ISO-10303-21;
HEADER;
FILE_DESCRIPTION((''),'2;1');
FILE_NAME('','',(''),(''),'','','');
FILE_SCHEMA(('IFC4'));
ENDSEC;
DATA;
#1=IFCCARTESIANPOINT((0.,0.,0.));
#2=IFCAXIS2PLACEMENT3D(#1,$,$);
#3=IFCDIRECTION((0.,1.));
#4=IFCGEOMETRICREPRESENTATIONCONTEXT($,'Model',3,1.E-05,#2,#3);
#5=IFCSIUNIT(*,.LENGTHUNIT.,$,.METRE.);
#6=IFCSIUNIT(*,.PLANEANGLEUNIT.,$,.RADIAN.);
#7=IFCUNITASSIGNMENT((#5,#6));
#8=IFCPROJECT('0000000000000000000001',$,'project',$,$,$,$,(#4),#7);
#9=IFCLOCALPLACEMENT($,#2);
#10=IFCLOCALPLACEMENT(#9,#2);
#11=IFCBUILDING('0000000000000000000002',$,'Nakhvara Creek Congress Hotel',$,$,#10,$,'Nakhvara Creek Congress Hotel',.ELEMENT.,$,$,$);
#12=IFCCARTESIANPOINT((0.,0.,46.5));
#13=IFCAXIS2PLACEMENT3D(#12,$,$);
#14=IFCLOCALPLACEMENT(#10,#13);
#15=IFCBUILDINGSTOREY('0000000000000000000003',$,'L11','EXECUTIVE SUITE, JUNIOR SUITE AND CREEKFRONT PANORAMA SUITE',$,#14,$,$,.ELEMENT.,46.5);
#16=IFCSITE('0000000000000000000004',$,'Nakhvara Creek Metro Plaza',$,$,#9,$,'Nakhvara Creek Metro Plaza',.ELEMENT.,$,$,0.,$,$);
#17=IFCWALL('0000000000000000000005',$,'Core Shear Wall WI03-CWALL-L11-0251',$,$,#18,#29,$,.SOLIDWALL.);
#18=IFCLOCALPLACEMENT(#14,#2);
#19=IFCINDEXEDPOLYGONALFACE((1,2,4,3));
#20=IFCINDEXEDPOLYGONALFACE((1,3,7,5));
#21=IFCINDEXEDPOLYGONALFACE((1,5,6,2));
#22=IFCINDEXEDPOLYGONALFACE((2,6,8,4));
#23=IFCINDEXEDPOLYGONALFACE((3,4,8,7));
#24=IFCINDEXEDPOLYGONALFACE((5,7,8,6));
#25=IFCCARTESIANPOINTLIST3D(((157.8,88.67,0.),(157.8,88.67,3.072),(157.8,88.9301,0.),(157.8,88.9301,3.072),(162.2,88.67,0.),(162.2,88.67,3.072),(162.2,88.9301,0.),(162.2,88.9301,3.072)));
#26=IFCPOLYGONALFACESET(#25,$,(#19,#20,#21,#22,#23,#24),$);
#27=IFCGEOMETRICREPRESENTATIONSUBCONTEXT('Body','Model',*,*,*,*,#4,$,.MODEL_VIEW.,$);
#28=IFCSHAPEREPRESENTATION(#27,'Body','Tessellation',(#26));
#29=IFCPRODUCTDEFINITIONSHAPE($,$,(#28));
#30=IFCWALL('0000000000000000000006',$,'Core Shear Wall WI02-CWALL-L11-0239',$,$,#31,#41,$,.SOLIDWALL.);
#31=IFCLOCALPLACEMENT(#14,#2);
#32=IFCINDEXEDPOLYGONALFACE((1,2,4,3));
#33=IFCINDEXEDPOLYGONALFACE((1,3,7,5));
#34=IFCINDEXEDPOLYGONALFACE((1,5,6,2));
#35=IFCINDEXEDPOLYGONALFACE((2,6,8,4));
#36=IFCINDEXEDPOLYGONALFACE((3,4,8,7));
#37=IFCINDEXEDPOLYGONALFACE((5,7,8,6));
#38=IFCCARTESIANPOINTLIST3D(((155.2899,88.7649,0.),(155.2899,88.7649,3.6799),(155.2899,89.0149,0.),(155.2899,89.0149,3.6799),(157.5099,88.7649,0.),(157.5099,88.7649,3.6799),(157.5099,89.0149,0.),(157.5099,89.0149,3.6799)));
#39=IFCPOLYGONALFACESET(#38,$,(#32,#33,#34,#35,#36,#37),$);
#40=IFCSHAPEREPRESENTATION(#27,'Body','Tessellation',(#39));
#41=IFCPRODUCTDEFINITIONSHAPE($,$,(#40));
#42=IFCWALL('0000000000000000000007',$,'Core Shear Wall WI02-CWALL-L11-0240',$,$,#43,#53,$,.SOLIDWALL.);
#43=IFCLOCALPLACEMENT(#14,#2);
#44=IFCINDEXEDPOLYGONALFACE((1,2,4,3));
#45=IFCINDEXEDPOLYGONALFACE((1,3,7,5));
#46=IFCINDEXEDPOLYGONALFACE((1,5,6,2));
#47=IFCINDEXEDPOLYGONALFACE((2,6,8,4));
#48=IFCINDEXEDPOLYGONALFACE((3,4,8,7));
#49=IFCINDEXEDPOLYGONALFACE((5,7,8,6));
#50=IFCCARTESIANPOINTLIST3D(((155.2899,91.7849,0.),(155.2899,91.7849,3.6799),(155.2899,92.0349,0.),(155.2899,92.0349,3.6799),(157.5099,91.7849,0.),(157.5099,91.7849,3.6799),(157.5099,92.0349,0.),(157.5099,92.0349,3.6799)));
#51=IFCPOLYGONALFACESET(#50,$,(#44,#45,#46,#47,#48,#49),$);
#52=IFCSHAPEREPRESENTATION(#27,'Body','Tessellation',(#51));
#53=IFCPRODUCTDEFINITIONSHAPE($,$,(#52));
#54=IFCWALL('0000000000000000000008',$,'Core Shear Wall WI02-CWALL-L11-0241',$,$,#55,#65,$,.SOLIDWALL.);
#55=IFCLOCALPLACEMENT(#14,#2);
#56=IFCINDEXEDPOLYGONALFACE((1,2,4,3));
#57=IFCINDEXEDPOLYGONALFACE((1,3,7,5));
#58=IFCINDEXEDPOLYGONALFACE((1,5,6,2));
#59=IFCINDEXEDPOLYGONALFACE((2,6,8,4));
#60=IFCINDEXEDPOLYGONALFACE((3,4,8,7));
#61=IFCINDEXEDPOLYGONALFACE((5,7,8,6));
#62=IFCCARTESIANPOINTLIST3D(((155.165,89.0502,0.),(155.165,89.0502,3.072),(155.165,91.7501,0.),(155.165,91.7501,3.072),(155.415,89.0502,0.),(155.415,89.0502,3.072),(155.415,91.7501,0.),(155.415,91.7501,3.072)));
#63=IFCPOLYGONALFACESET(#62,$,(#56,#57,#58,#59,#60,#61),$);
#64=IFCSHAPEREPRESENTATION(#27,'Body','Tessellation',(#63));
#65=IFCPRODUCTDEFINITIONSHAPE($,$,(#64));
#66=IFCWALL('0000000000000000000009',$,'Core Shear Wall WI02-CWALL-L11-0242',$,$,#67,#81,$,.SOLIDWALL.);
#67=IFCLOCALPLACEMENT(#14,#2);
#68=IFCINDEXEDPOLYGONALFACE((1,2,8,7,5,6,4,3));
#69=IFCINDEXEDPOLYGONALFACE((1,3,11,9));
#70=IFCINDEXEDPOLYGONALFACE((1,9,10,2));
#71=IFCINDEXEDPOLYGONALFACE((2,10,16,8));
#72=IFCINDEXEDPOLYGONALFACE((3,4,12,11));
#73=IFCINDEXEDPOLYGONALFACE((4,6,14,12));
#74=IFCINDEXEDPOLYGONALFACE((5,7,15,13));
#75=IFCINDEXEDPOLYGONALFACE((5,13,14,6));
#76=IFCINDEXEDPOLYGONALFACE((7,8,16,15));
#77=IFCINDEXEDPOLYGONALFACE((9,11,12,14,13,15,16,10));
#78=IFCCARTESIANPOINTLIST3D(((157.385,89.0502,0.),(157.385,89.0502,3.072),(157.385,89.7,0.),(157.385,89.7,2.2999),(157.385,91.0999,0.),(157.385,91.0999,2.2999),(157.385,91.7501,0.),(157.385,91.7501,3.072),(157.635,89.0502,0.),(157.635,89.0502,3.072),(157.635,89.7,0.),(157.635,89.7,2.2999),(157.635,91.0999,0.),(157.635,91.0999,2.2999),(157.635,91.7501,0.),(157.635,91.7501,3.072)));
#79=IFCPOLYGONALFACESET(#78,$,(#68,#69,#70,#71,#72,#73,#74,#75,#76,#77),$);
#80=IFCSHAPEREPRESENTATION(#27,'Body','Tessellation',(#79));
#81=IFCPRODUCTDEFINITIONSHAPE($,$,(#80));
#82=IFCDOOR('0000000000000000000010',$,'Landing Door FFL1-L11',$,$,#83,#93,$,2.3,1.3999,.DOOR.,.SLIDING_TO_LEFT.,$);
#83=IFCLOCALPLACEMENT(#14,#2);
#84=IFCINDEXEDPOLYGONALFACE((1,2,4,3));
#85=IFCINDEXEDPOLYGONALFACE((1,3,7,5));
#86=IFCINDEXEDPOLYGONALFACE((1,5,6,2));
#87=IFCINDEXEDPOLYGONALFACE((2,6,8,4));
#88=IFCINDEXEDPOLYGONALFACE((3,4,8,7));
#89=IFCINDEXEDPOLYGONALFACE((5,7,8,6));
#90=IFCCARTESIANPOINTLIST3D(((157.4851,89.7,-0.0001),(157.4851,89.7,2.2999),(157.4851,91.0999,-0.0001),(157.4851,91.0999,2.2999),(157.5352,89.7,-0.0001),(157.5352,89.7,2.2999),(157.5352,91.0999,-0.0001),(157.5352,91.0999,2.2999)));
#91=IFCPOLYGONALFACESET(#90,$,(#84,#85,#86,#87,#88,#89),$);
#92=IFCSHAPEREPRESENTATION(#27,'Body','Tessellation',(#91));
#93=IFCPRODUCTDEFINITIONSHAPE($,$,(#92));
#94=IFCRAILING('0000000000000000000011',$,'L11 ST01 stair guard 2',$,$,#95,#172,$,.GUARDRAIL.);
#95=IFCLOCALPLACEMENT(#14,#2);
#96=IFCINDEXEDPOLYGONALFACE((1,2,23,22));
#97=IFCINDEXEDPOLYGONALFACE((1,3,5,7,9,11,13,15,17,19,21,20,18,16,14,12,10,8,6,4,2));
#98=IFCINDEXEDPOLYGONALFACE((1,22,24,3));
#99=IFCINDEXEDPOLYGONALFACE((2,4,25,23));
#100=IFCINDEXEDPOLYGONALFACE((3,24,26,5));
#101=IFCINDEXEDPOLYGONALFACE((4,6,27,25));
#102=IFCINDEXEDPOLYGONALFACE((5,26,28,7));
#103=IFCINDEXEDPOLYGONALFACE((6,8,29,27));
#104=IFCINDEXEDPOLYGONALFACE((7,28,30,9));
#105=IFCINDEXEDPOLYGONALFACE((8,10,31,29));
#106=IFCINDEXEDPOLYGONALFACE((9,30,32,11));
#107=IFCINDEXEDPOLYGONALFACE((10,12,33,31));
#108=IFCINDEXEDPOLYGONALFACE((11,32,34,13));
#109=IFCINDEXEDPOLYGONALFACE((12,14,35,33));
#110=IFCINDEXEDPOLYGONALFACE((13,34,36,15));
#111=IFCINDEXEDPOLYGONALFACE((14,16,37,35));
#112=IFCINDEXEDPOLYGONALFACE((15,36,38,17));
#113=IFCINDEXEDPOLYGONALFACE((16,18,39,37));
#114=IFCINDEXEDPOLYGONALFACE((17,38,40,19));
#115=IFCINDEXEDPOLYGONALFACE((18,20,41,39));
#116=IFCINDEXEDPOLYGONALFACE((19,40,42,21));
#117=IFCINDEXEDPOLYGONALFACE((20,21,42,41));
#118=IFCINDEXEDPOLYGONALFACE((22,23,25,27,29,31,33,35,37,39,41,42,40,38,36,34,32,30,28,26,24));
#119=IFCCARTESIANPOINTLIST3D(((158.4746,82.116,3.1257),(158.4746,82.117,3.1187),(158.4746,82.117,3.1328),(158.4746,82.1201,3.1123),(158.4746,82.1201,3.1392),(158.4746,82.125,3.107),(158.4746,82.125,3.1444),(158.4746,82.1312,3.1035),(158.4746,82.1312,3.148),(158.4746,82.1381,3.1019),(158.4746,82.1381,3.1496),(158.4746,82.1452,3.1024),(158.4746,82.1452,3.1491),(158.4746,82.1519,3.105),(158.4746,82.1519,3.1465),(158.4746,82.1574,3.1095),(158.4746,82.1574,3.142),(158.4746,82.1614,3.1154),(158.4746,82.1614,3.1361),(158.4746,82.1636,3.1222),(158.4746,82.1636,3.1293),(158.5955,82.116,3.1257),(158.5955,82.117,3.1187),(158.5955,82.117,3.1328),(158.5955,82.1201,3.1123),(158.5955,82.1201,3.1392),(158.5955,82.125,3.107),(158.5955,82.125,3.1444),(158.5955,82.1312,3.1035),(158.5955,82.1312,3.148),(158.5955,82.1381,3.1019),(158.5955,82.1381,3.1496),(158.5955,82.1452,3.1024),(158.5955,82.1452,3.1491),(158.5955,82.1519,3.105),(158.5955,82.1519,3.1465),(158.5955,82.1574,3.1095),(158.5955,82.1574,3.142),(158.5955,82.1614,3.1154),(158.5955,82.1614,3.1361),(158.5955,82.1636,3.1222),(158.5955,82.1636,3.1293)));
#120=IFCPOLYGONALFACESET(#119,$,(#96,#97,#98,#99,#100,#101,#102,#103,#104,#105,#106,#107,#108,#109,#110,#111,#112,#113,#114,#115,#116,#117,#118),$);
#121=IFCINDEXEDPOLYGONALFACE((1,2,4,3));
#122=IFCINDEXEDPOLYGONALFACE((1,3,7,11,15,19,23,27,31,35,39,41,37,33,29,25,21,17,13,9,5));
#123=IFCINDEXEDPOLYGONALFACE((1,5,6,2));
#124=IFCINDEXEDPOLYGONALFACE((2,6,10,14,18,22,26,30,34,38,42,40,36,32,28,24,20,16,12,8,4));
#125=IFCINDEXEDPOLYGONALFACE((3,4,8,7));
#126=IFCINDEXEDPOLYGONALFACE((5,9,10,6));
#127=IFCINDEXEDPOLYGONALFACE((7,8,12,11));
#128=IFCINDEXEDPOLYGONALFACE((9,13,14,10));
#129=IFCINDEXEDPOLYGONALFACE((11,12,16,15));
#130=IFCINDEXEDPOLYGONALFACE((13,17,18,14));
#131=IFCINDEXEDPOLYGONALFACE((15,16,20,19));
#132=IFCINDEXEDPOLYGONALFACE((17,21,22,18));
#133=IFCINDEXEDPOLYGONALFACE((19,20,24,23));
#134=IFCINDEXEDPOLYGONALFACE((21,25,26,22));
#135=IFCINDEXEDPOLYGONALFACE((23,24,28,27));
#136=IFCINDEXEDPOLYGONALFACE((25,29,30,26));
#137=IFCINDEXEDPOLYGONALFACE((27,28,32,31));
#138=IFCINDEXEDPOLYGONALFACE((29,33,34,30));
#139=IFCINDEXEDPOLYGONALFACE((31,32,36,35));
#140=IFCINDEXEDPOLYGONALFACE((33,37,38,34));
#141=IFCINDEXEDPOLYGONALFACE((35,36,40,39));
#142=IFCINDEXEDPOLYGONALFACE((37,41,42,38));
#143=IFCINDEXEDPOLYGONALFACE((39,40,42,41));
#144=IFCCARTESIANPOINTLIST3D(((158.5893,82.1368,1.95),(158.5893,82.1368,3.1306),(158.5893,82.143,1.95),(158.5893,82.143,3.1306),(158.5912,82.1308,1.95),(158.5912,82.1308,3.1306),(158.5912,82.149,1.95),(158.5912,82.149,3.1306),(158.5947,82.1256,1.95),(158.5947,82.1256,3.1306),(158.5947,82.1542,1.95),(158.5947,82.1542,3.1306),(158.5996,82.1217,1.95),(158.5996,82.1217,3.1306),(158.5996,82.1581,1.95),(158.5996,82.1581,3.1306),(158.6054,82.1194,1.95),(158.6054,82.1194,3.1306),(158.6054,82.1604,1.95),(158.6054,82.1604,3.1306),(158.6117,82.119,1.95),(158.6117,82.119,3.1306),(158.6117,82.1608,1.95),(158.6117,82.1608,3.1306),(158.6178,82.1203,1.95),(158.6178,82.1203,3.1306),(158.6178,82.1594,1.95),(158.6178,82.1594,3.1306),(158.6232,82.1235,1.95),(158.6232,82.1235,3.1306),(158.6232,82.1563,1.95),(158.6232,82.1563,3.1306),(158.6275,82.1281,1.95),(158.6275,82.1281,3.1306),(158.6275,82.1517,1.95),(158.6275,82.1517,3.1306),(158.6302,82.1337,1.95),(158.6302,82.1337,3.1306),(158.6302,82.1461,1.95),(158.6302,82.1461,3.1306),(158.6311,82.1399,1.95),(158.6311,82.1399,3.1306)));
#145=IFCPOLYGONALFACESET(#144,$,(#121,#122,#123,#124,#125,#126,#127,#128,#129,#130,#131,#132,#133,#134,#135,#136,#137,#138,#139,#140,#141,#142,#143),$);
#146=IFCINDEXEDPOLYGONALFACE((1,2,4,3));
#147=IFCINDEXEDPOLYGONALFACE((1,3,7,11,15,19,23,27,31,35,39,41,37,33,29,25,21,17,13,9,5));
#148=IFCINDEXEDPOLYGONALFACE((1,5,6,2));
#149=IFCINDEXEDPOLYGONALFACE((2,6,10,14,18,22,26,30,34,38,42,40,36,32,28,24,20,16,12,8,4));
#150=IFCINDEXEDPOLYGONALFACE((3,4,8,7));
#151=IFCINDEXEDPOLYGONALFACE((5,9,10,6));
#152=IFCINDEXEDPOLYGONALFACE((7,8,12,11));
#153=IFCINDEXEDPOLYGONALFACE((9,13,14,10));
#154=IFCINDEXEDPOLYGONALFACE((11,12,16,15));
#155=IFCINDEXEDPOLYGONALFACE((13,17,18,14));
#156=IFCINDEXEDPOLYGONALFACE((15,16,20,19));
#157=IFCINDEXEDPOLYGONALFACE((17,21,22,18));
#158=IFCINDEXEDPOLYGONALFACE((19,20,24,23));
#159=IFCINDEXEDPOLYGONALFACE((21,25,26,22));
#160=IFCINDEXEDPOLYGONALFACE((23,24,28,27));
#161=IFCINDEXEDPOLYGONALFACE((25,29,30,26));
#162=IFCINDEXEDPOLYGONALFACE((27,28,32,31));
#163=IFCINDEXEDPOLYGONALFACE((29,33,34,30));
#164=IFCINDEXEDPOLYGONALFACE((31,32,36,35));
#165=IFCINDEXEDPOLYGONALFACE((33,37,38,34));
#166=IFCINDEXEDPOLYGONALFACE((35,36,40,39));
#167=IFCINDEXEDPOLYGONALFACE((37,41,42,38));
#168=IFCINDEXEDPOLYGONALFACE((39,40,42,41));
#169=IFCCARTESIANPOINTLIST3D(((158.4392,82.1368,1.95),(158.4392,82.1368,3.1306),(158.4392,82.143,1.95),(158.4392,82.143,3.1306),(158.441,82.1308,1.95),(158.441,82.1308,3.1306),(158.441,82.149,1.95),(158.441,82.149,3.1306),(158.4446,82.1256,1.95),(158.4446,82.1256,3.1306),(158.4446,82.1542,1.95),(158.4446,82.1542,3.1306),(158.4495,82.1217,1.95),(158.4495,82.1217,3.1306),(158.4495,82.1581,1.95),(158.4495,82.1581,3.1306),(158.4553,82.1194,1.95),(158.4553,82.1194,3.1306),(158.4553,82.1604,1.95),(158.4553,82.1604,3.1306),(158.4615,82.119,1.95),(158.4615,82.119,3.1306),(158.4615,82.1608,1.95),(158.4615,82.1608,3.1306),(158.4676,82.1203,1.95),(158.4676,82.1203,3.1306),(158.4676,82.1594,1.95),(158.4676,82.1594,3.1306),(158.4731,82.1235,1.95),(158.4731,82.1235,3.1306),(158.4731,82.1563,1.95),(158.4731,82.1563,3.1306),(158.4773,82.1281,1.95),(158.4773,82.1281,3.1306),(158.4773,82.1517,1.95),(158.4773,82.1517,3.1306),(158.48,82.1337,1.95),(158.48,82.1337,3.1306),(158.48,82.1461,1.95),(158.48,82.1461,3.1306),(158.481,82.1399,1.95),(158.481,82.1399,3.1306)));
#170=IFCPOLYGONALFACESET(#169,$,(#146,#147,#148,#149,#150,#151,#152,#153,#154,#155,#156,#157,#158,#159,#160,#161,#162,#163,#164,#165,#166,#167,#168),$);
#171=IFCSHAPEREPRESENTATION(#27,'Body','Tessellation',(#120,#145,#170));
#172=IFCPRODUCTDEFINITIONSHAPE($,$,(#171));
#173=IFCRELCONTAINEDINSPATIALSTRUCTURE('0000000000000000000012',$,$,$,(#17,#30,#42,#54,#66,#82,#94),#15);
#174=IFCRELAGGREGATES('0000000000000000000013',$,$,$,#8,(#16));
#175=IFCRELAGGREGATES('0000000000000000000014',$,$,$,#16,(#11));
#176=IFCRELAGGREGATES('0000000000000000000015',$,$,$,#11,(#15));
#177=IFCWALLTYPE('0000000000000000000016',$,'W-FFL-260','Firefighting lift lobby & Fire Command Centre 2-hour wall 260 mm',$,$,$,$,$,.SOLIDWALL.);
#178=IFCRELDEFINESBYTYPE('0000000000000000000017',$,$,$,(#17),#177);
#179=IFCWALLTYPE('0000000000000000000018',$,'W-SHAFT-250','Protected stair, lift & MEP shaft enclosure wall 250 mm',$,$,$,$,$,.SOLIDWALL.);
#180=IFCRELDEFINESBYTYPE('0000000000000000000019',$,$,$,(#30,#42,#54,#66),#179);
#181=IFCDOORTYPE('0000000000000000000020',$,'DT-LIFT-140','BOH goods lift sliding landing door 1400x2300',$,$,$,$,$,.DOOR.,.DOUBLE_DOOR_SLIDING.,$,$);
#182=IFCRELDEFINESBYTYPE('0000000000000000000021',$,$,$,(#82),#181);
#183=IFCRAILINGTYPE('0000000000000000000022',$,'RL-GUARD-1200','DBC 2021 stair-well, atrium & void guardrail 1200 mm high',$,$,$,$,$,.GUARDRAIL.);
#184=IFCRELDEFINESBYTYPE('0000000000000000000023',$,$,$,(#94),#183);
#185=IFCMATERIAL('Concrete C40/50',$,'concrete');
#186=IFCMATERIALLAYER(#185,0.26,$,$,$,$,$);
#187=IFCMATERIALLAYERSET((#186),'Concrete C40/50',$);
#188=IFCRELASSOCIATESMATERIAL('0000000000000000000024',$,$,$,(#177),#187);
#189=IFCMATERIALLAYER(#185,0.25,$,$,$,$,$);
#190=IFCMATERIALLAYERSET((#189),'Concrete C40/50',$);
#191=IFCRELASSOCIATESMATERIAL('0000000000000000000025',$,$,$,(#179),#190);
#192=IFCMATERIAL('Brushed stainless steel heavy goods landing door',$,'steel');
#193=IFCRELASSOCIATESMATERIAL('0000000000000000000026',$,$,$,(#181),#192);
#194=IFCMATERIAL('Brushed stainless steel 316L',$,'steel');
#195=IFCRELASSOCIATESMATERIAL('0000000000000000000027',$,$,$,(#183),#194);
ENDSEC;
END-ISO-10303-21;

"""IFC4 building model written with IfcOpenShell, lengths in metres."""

from ifc_helpers import new_model, si_unit, direction, frame, frame_2d, origin, origin_2d, place, context, subcontext, project, spatial, rectangle, circle, extrude, material, layer, layer_set, type_object, element, fill, save


model = new_model("IFC4")

# Units and contexts
model_context = context("Model", 3, precision=1e-05, world=origin(), true_north=direction((0.0, 1.0)))
body_context = subcontext(model_context, "Body", "Model", "MODEL_VIEW")
ifc_project = project(units=[si_unit("LENGTHUNIT", "METRE"), si_unit("PLANEANGLEUNIT", "RADIAN")], contexts=[model_context])

# Site, building, storey
site_placement = place(None, origin())
site = spatial("IfcSite", under=ifc_project, at=site_placement, Name="Nakhvara Creek Metro Plaza", LongName="Nakhvara Creek Metro Plaza", CompositionType="ELEMENT", RefElevation=0.0)
building_placement = place(site_placement, origin())
building = spatial("IfcBuilding", under=site, at=building_placement, Name="Nakhvara Creek Congress Hotel", LongName="Nakhvara Creek Congress Hotel", CompositionType="ELEMENT")
storey_placement = place(building_placement, frame((0.0, 0.0, 46.5)))
storey = spatial("IfcBuildingStorey", under=building, at=storey_placement, Name="L11", Description="EXECUTIVE SUITE, JUNIOR SUITE AND CREEKFRONT PANORAMA SUITE", CompositionType="ELEMENT", Elevation=46.5)

# Shared definitions
ifc_material_1 = material(Name="Concrete C40/50", Category="concrete")

# Shared definitions
ifc_layer_1 = layer(ifc_material_1, 0.26)
ifc_layer_set_1 = layer_set([ifc_layer_1], Name="Concrete C40/50")
wall_type_1 = type_object("IfcWallType", Name="W-FFL-260", Description="Firefighting lift lobby & Fire Command Centre 2-hour wall 260 mm", PredefinedType="SOLIDWALL", material=ifc_layer_set_1)

# Walls
wall_1_placement = place(storey_placement, frame((157.8, 88.8, 0.0), z_axis=(0.0, 0.0, 1.0), x_axis=(1.0, 0.0, 0.0)))
element("IfcWall", 1, at=wall_1_placement, inside=storey, type_object=wall_type_1, Name="Core Shear Wall WI03-CWALL-L11-0251", PredefinedType="SOLIDWALL", context=body_context, shape_type="SweptSolid", body=[
    extrude(rectangle(XDim=4.3999, YDim=0.26, at=frame_2d((2.2, 0.0))), origin(), (0.0, 0.0, 1.0), 3.072),
])
ifc_layer_2 = layer(ifc_material_1, 0.25)
ifc_layer_set_2 = layer_set([ifc_layer_2], Name="Concrete C40/50")
wall_type_2 = type_object("IfcWallType", Name="W-SHAFT-250", Description="Protected stair, lift & MEP shaft enclosure wall 250 mm", PredefinedType="SOLIDWALL", material=ifc_layer_set_2)
for number, where, z_axis, x_axis, name in (
    (2, (155.29, 88.8899, 0.0), (0.0, 0.0, 1.0), (1.0, 0.0, 0.0), "Core Shear Wall WI02-CWALL-L11-0239"),
    (3, (155.29, 91.9099, 0.0), (0.0, 0.0, 1.0), (1.0, 0.0, 0.0), "Core Shear Wall WI02-CWALL-L11-0240"),
):
    element("IfcWall", number, at=place(storey_placement, frame(where, z_axis=z_axis, x_axis=x_axis)), inside=storey, type_object=wall_type_2, Name=name, PredefinedType="SOLIDWALL", context=body_context, shape_type="SweptSolid", body=[
        extrude(rectangle(XDim=2.22, YDim=0.25, at=frame_2d((1.1099, 0.0))), origin(), (0.0, 0.0, 1.0), 3.6799),
    ])
wall_2_placement = place(storey_placement, frame((155.29, 89.05, 0.0), z_axis=(0.0, 0.0, 1.0), x_axis=(0.0, 1.0, 0.0)))
element("IfcWall", 4, at=wall_2_placement, inside=storey, type_object=wall_type_2, Name="Core Shear Wall WI02-CWALL-L11-0241", PredefinedType="SOLIDWALL", context=body_context, shape_type="SweptSolid", body=[
    extrude(rectangle(XDim=2.7, YDim=0.25, at=frame_2d((1.3501, 0.0))), origin(), (0.0, 0.0, 1.0), 3.072),
])

# Wall, opening, door
wall_3_placement = place(storey_placement, frame((157.51, 89.05, 0.0), z_axis=(0.0, 0.0, 1.0), x_axis=(0.0, 1.0, 0.0)))
wall_3 = element("IfcWall", 5, at=wall_3_placement, inside=storey, type_object=wall_type_2, Name="Core Shear Wall WI02-CWALL-L11-0242", PredefinedType="SOLIDWALL", context=body_context, shape_type="SweptSolid", body=[
    extrude(rectangle(XDim=2.7, YDim=0.25, at=frame_2d((1.3501, 0.0))), origin(), (0.0, 0.0, 1.0), 3.072),
])
opening_1_placement = place(wall_3_placement, frame((0.6499, 0.0, 0.0)))
opening_1 = element("IfcOpeningElement", 6, at=opening_1_placement, cuts=wall_3, PredefinedType="OPENING", context=body_context, shape_type="SweptSolid", body=[
    extrude(rectangle(XDim=1.3999, YDim=2.3, at=frame_2d((0.7, 1.1499))), frame((0.0, 0.137, 0.0), z_axis=(0.0, -1.0, 0.0), x_axis=(1.0, 0.0, 0.0)), (0.0, 0.0, 1.0), 0.2739),
])
ifc_material_2 = material(Name="Brushed stainless steel heavy goods landing door", Category="steel")
door_type_1 = type_object("IfcDoorType", Name="DT-LIFT-140", Description="BOH goods lift sliding landing door 1400x2300", OperationType="DOUBLE_DOOR_SLIDING", PredefinedType="DOOR", material=ifc_material_2)
door_1_placement = place(opening_1_placement, origin())
door_1 = element("IfcDoor", 7, at=door_1_placement, inside=storey, type_object=door_type_1, Name="Landing Door FFL1-L11", OperationType="SLIDING_TO_LEFT", OverallHeight=2.3, OverallWidth=1.3999, PredefinedType="DOOR", context=body_context, shape_type="SweptSolid", body=[
    extrude(rectangle(XDim=1.3999, YDim=2.3, at=frame_2d((0.7, 1.1499))), frame((0.0, 0.0249, 0.0), z_axis=(0.0, -1.0, 0.0), x_axis=(1.0, 0.0, 0.0)), (0.0, 0.0, 1.0), 0.05),
])
fill(opening_1, door_1)

# Railing
ifc_material_3 = material(Name="Brushed stainless steel 316L", Category="steel")
railing_type = type_object("IfcRailingType", Name="RL-GUARD-1200", Description="DBC 2021 stair-well, atrium & void guardrail 1200 mm high", PredefinedType="GUARDRAIL", material=ifc_material_3)
railing_placement = place(storey_placement, frame((158.6101, 82.1399, 1.95)))
element("IfcRailing", 8, at=railing_placement, inside=storey, type_object=railing_type, Name="L11 ST01 stair guard 2", PredefinedType="GUARDRAIL", context=body_context, shape_type="SweptSolid", body=[
    extrude(circle(Radius=0.0239, at=origin_2d()), frame((-0.0146, 0.0, 1.1758), z_axis=(-1.0, 0.0, 0.0), x_axis=(0.0, -1.0, 0.0)), (0.0, 0.0, 1.0), 0.1208),
    extrude(circle(Radius=0.021, at=origin_2d()), origin(), (0.0, 0.0, 1.0), 1.1807),
    extrude(circle(Radius=0.021, at=origin_2d()), frame((-0.1501, 0.0, 0.0)), (0.0, 0.0, 1.0), 1.1807),
])

save(model, "model.ifc")
